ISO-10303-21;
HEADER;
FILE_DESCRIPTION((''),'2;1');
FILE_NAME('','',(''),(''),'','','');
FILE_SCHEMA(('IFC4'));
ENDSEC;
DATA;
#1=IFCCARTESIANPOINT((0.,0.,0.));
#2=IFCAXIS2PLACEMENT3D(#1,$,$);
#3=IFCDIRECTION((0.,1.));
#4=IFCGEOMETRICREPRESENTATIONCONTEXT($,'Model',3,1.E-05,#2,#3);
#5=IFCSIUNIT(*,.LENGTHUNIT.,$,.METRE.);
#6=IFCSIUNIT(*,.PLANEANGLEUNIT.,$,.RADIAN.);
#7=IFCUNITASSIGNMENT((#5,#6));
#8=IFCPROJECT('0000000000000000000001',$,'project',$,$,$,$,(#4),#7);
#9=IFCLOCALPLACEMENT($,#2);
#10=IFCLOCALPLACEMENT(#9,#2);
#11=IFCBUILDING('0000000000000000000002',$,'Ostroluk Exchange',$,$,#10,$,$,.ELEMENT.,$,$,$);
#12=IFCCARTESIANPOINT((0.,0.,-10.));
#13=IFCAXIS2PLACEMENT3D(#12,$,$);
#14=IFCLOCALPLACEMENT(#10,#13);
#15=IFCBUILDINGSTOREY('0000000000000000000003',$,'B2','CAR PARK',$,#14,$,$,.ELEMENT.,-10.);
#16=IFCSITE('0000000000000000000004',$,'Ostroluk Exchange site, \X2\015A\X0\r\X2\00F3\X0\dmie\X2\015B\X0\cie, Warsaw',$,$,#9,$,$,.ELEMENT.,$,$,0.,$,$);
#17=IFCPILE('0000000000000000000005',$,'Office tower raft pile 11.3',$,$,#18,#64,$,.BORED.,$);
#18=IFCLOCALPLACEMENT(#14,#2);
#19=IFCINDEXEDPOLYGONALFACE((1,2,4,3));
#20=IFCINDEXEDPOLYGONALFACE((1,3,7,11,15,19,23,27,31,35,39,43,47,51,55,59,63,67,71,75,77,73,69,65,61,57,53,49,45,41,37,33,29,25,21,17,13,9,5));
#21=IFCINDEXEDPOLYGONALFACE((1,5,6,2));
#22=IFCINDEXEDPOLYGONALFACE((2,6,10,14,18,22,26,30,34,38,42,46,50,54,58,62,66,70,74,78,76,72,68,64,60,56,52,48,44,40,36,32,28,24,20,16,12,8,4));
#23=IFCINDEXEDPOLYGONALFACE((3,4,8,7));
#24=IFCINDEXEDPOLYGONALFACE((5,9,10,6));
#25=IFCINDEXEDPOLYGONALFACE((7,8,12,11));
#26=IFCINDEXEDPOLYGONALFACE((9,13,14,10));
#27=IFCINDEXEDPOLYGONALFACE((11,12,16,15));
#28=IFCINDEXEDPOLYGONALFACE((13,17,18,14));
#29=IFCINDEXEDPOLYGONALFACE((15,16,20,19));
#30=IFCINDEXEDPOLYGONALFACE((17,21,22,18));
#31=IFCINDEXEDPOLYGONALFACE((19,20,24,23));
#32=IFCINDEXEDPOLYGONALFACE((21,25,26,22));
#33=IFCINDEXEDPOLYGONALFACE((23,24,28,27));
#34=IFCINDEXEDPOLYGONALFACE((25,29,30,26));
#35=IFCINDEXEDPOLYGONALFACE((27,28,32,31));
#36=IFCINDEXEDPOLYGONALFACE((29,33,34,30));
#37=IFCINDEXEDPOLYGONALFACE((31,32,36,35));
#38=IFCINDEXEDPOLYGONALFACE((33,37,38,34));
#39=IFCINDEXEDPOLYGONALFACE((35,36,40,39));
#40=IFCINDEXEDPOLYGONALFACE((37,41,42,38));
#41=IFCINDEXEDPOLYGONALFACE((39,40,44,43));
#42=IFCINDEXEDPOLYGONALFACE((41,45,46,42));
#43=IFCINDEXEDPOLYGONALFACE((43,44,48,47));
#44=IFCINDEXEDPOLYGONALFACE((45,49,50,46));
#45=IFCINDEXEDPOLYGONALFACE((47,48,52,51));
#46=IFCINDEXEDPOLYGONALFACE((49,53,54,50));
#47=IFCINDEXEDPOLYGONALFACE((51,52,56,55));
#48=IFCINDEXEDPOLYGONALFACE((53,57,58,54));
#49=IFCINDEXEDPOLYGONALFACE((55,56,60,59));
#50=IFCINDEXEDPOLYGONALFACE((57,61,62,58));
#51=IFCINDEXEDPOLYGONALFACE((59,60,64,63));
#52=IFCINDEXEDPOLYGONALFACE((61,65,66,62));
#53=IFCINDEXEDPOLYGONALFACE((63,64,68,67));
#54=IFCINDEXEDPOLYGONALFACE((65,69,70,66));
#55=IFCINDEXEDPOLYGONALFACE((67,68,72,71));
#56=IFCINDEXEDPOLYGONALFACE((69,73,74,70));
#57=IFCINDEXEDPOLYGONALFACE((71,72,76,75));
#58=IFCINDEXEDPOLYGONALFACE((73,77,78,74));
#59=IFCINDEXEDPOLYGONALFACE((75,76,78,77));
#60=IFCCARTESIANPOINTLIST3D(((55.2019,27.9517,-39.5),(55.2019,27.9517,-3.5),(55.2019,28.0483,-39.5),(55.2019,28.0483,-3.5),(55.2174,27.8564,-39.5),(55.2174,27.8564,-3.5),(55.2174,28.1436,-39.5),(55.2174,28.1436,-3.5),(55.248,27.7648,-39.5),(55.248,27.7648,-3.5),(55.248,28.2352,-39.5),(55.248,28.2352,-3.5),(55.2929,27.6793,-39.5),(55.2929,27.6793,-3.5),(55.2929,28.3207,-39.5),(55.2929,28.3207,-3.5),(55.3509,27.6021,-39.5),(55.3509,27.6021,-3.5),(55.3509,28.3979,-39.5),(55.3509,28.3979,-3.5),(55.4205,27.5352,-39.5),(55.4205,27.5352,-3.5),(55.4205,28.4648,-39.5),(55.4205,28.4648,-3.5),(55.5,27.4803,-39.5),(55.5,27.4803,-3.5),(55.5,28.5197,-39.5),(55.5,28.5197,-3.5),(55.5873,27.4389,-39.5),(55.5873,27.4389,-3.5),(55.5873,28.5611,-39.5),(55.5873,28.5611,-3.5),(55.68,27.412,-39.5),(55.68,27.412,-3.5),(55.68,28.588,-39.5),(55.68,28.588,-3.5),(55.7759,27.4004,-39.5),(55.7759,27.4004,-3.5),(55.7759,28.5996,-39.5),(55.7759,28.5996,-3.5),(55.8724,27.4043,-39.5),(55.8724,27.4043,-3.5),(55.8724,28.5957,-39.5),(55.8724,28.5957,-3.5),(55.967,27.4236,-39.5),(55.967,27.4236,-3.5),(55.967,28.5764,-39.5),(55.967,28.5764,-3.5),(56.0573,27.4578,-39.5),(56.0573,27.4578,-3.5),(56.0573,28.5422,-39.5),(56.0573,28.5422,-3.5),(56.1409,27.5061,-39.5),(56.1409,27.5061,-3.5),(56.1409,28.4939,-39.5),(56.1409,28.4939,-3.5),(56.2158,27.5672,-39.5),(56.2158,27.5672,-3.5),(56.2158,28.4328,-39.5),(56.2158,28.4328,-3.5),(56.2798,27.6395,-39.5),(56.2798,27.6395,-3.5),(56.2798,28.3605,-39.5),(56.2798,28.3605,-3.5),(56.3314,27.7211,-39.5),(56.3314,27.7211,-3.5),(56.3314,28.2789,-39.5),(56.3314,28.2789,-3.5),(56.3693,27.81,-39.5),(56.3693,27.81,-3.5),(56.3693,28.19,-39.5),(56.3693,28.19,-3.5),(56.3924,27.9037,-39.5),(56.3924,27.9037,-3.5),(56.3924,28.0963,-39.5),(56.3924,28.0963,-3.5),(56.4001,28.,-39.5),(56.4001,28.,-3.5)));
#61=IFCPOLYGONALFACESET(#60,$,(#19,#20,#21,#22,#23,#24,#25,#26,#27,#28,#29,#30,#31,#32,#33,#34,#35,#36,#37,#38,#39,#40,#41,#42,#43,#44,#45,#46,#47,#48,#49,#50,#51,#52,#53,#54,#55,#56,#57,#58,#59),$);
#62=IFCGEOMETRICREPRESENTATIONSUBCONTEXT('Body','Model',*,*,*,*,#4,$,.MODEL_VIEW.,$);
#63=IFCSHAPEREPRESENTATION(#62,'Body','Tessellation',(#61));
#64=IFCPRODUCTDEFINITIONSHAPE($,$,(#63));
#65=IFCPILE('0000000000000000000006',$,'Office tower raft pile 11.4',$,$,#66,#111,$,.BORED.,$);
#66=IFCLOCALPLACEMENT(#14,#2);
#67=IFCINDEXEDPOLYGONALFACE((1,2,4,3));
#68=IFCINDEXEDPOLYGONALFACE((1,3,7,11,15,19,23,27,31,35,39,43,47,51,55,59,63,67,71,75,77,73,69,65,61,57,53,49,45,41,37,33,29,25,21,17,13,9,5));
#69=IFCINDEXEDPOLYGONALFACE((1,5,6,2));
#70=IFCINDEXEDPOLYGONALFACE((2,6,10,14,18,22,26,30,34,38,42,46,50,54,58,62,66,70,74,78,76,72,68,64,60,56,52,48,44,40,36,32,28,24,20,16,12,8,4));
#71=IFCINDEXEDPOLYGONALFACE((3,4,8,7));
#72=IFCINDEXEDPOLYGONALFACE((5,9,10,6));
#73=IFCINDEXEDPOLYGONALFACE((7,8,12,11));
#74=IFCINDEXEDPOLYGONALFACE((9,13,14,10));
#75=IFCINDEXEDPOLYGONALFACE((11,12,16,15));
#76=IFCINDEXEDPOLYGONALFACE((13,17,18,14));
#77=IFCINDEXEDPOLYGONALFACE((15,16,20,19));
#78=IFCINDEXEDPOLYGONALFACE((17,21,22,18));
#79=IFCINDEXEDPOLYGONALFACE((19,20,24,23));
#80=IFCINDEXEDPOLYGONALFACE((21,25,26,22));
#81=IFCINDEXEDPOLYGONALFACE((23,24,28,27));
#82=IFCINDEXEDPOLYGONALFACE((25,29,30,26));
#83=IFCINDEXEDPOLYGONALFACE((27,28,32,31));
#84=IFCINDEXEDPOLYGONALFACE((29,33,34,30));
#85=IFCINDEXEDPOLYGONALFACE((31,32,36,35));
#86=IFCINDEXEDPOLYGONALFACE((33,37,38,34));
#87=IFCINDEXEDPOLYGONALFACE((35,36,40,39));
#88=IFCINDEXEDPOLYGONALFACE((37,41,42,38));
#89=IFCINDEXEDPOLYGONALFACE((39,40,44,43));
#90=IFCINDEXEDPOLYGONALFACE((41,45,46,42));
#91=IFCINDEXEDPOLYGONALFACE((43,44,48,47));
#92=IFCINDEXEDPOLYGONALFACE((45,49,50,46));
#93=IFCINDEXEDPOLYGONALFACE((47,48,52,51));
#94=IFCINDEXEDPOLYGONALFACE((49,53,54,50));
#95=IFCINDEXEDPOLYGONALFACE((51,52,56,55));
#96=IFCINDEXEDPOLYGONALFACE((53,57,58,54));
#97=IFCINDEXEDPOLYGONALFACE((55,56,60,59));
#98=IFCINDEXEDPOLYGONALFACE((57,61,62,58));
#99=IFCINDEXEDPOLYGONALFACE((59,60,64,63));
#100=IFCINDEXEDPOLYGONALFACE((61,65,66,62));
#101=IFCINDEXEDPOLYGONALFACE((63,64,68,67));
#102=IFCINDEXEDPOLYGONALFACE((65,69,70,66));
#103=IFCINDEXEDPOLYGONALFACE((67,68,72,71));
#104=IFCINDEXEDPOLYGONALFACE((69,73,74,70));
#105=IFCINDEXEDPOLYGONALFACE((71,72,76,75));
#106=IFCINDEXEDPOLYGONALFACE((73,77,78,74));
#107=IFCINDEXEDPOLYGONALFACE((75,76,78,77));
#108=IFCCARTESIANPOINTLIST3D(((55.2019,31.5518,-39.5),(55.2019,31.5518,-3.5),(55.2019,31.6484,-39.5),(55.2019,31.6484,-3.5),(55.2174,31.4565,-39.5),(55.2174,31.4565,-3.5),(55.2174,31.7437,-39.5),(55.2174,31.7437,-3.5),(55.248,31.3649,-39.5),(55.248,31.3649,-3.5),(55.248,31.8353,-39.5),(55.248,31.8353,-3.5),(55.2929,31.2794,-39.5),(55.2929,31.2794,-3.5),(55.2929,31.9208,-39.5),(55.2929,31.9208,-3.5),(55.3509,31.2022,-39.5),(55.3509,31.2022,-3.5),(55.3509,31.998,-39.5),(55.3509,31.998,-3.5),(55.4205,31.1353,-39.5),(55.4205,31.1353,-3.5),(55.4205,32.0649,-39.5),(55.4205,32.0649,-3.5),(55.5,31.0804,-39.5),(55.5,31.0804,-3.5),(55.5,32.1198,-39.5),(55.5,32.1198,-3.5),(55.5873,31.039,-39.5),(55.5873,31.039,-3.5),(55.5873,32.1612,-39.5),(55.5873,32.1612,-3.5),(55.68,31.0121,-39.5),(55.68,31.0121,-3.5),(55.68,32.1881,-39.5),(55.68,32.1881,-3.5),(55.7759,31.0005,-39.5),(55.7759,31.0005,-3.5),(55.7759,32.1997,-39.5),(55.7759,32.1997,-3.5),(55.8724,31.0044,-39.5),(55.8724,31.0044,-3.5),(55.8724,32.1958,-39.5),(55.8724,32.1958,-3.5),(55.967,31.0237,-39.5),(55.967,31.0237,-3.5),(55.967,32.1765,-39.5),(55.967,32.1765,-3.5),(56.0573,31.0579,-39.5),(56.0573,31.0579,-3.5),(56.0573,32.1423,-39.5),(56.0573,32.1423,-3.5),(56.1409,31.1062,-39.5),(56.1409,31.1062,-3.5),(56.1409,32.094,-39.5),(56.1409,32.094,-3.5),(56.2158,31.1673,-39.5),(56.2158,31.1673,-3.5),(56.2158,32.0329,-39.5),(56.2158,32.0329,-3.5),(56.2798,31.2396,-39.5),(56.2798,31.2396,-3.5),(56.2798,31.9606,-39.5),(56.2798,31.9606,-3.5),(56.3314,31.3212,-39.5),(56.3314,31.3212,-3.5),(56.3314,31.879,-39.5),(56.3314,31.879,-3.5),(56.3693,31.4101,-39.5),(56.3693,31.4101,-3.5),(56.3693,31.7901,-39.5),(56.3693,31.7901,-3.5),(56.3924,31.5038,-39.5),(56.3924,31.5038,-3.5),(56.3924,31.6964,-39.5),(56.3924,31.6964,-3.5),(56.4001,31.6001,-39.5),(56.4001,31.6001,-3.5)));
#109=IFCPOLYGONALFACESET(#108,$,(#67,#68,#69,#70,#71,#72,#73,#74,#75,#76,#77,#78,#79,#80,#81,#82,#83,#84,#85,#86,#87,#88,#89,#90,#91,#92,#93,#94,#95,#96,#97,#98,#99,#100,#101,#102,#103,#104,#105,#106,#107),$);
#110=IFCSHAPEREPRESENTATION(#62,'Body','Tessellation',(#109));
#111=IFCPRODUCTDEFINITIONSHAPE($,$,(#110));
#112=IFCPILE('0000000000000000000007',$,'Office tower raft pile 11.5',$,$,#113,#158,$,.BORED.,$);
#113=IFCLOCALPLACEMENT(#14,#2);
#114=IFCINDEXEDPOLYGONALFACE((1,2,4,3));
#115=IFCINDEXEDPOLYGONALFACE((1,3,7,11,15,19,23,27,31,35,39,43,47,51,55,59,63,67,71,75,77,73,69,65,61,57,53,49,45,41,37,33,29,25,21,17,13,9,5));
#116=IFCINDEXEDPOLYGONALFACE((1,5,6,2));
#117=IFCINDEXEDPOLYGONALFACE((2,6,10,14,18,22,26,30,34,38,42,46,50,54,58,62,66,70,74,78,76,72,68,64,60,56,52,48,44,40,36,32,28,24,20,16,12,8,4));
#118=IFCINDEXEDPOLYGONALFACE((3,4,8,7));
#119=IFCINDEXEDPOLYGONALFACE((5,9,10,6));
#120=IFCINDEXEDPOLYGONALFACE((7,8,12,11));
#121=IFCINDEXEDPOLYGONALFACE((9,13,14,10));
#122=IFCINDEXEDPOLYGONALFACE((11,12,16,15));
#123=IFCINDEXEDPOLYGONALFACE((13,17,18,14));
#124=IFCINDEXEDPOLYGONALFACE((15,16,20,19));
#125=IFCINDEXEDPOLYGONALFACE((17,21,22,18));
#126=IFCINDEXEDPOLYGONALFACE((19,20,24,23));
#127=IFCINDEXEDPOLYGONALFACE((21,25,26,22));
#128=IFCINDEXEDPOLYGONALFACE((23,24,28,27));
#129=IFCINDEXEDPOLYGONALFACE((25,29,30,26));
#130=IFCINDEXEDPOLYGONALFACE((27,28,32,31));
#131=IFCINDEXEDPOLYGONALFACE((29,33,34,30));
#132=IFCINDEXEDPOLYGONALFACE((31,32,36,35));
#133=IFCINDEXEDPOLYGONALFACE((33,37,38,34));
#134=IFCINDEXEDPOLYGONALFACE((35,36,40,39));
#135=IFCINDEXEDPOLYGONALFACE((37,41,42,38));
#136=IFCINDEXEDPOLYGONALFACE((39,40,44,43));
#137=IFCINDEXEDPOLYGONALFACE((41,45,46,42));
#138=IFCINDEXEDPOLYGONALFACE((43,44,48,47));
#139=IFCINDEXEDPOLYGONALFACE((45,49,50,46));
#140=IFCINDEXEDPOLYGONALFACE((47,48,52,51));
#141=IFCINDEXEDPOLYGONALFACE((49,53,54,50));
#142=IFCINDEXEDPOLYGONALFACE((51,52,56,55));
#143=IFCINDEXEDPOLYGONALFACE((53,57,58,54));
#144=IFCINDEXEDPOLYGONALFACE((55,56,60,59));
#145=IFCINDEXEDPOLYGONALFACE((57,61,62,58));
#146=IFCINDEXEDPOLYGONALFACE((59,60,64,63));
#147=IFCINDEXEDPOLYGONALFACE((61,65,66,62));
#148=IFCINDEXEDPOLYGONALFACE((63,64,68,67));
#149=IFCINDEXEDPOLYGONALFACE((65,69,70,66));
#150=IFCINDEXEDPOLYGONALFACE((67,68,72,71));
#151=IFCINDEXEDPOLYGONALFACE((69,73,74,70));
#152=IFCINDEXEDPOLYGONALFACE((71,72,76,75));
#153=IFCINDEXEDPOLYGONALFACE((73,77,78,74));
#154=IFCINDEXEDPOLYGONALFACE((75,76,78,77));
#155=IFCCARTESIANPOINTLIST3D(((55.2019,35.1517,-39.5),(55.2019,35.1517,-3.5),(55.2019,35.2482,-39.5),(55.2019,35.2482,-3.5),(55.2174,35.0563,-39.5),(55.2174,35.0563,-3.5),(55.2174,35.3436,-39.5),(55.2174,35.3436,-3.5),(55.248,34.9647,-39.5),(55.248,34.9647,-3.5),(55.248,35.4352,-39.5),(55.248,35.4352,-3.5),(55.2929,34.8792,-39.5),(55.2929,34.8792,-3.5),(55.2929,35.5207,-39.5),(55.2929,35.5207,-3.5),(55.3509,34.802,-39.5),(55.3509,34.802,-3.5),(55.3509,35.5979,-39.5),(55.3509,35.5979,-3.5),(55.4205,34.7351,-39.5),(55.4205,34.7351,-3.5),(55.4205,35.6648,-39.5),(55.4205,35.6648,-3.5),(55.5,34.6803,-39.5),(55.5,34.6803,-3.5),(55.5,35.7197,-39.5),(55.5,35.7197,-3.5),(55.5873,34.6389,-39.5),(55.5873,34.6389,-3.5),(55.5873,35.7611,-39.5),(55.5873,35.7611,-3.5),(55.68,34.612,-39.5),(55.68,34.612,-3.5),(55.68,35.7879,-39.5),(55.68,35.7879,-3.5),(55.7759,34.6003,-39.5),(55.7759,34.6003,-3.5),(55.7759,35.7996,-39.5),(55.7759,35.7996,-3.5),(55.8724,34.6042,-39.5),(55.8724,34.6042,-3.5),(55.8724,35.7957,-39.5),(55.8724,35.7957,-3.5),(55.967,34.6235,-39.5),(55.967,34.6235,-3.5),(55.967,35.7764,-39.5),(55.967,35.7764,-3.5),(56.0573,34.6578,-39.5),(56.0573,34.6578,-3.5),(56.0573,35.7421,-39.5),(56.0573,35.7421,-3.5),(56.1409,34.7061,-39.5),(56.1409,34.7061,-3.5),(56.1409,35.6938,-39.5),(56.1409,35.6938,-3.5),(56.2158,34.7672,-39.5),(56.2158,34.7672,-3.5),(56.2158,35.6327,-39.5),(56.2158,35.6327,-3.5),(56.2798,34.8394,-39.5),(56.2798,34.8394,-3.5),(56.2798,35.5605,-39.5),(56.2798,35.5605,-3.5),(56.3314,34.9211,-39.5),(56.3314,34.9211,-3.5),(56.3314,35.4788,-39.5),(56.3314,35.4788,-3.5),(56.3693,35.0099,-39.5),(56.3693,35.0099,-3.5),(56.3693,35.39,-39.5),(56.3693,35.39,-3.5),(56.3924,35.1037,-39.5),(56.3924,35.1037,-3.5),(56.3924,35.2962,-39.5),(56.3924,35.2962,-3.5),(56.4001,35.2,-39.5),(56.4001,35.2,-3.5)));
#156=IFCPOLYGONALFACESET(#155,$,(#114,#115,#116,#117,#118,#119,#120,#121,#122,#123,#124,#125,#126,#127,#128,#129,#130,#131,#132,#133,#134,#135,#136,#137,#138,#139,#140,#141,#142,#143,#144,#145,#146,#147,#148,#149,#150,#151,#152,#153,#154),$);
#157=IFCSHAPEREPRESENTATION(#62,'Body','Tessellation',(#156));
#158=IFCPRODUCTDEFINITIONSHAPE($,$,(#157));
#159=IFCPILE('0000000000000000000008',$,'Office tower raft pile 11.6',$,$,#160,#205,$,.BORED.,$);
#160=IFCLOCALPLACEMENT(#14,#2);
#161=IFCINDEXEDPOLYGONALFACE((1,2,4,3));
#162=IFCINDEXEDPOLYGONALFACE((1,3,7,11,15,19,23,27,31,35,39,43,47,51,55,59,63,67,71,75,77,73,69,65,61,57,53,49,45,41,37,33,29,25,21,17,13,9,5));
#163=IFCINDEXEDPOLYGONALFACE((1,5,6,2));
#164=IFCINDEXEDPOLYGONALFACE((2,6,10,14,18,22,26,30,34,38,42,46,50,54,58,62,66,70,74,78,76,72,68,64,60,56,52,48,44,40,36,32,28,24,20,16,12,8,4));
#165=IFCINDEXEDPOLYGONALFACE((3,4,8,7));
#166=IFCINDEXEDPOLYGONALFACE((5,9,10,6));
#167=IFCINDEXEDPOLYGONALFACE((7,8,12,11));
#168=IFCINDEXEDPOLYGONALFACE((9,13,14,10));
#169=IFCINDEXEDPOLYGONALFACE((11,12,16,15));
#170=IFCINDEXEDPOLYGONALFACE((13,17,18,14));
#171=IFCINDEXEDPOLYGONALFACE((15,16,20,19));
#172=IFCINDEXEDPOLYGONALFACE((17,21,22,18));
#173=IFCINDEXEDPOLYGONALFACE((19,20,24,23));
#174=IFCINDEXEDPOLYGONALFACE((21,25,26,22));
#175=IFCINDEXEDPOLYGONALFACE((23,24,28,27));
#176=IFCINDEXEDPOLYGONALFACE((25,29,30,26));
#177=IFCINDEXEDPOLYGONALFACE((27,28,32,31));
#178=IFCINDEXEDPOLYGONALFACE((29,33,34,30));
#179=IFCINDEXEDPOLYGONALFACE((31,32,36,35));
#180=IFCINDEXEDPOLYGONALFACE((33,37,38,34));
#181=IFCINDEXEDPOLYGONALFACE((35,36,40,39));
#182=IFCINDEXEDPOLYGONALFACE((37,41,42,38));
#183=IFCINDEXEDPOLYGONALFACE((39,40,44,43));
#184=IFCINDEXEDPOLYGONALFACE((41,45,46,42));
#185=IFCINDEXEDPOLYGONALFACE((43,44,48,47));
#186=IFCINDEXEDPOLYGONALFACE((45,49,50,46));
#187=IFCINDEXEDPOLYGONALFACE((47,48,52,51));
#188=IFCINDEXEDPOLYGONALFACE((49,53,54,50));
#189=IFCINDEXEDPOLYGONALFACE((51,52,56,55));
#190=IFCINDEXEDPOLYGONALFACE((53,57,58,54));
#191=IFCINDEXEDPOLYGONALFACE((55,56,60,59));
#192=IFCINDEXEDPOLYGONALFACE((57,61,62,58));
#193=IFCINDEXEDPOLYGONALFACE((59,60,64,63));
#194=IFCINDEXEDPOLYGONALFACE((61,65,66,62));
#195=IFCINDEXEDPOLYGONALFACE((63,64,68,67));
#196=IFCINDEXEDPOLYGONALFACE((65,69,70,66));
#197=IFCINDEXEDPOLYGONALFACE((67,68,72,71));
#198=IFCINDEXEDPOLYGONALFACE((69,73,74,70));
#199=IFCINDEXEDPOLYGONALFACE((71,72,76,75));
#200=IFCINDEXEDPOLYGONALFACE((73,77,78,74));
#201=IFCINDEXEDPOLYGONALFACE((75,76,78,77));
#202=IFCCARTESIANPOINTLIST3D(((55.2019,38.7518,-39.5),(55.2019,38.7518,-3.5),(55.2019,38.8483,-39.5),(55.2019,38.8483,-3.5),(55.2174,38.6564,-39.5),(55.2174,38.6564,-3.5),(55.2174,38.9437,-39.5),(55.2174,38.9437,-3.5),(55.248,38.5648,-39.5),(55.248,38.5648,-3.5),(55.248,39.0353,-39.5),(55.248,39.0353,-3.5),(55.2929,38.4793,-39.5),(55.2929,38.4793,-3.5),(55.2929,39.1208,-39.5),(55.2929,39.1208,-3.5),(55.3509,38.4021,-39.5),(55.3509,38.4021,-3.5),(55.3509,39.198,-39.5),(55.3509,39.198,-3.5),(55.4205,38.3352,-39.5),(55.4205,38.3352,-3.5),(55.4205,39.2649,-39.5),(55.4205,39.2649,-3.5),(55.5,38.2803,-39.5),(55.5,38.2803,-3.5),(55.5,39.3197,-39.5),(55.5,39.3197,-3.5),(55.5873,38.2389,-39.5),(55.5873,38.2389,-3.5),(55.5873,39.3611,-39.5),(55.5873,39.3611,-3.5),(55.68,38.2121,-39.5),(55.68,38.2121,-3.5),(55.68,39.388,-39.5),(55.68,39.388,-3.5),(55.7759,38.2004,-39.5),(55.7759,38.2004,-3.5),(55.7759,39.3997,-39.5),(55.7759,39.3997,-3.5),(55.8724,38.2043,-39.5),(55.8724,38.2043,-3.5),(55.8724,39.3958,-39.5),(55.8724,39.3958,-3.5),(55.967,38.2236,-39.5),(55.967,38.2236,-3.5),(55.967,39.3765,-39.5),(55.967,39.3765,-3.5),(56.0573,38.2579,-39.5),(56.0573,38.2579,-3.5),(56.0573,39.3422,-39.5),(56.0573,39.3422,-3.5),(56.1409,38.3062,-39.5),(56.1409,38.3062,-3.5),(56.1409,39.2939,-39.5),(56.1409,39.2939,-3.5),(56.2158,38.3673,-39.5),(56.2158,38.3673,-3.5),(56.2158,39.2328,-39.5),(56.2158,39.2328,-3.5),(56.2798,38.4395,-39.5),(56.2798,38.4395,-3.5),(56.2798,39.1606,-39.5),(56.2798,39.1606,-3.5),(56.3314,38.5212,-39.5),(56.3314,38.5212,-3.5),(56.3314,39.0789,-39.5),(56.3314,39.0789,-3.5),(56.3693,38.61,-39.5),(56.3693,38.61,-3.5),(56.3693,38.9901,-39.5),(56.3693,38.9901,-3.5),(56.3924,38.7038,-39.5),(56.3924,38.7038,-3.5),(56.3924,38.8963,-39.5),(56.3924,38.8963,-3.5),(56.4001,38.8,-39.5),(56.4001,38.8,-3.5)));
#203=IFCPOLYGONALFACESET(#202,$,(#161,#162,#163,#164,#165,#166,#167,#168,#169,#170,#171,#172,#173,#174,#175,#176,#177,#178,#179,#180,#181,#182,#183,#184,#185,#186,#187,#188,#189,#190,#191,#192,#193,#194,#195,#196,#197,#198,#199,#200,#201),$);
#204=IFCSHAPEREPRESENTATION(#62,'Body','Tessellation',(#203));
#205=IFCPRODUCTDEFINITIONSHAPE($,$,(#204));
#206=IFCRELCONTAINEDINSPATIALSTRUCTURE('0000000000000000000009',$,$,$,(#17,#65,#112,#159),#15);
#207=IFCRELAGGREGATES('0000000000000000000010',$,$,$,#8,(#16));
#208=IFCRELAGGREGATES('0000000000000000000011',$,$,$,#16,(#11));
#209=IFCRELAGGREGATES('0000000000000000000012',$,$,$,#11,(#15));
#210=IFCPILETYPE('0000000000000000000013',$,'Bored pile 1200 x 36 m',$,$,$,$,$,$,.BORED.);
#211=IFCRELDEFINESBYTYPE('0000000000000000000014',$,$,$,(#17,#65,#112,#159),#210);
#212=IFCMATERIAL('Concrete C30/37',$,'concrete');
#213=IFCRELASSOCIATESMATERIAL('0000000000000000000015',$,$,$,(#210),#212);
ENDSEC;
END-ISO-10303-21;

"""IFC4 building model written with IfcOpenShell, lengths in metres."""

from ifc_helpers import new_model, si_unit, direction, frame, origin, origin_2d, place, context, subcontext, project, spatial, circle, extrude, material, type_object, element, save


model = new_model("IFC4")

# Units and contexts
model_context = context("Model", 3, precision=1e-05, world=origin(), true_north=direction((0.0, 1.0)))
body_context = subcontext(model_context, "Body", "Model", "MODEL_VIEW")
ifc_project = project(units=[si_unit("LENGTHUNIT", "METRE"), si_unit("PLANEANGLEUNIT", "RADIAN")], contexts=[model_context])

# Site, building, storey
site_placement = place(None, origin())
site = spatial("IfcSite", under=ifc_project, at=site_placement, Name="Ostroluk Exchange site, Śródmieście, Warsaw", CompositionType="ELEMENT", RefElevation=0.0)
building_placement = place(site_placement, origin())
building = spatial("IfcBuilding", under=site, at=building_placement, Name="Ostroluk Exchange", CompositionType="ELEMENT")
storey_placement = place(building_placement, frame((0.0, 0.0, -10.0)))
storey = spatial("IfcBuildingStorey", under=building, at=storey_placement, Name="B2", Description="CAR PARK", CompositionType="ELEMENT", Elevation=-10.0)

# Piles
ifc_material_1 = material(Name="Concrete C30/37", Category="concrete")
pile_type = type_object("IfcPileType", Name="Bored pile 1200 x 36 m", PredefinedType="BORED", material=ifc_material_1)
for number, where, z_axis, x_axis, name in (
    (1, (55.8, 28.0, -3.5), (0.0, 0.0, -1.0), (1.0, 0.0, 0.0), "Office tower raft pile 11.3"),
    (2, (55.8, 31.6001, -3.5), (0.0, 0.0, -1.0), (1.0, 0.0, 0.0), "Office tower raft pile 11.4"),
    (3, (55.8, 35.2, -3.5), (0.0, 0.0, -1.0), (1.0, 0.0, 0.0), "Office tower raft pile 11.5"),
    (4, (55.8, 38.8, -3.5), (0.0, 0.0, -1.0), (1.0, 0.0, 0.0), "Office tower raft pile 11.6"),
):
    element("IfcPile", number, at=place(storey_placement, frame(where, z_axis=z_axis, x_axis=x_axis)), inside=storey, type_object=pile_type, Name=name, PredefinedType="BORED", context=body_context, shape_type="SweptSolid", body=[
        extrude(circle(Radius=0.6001, at=origin_2d()), origin(), (0.0, 0.0, 1.0), 36.0),
    ])

save(model, "model.ifc")
